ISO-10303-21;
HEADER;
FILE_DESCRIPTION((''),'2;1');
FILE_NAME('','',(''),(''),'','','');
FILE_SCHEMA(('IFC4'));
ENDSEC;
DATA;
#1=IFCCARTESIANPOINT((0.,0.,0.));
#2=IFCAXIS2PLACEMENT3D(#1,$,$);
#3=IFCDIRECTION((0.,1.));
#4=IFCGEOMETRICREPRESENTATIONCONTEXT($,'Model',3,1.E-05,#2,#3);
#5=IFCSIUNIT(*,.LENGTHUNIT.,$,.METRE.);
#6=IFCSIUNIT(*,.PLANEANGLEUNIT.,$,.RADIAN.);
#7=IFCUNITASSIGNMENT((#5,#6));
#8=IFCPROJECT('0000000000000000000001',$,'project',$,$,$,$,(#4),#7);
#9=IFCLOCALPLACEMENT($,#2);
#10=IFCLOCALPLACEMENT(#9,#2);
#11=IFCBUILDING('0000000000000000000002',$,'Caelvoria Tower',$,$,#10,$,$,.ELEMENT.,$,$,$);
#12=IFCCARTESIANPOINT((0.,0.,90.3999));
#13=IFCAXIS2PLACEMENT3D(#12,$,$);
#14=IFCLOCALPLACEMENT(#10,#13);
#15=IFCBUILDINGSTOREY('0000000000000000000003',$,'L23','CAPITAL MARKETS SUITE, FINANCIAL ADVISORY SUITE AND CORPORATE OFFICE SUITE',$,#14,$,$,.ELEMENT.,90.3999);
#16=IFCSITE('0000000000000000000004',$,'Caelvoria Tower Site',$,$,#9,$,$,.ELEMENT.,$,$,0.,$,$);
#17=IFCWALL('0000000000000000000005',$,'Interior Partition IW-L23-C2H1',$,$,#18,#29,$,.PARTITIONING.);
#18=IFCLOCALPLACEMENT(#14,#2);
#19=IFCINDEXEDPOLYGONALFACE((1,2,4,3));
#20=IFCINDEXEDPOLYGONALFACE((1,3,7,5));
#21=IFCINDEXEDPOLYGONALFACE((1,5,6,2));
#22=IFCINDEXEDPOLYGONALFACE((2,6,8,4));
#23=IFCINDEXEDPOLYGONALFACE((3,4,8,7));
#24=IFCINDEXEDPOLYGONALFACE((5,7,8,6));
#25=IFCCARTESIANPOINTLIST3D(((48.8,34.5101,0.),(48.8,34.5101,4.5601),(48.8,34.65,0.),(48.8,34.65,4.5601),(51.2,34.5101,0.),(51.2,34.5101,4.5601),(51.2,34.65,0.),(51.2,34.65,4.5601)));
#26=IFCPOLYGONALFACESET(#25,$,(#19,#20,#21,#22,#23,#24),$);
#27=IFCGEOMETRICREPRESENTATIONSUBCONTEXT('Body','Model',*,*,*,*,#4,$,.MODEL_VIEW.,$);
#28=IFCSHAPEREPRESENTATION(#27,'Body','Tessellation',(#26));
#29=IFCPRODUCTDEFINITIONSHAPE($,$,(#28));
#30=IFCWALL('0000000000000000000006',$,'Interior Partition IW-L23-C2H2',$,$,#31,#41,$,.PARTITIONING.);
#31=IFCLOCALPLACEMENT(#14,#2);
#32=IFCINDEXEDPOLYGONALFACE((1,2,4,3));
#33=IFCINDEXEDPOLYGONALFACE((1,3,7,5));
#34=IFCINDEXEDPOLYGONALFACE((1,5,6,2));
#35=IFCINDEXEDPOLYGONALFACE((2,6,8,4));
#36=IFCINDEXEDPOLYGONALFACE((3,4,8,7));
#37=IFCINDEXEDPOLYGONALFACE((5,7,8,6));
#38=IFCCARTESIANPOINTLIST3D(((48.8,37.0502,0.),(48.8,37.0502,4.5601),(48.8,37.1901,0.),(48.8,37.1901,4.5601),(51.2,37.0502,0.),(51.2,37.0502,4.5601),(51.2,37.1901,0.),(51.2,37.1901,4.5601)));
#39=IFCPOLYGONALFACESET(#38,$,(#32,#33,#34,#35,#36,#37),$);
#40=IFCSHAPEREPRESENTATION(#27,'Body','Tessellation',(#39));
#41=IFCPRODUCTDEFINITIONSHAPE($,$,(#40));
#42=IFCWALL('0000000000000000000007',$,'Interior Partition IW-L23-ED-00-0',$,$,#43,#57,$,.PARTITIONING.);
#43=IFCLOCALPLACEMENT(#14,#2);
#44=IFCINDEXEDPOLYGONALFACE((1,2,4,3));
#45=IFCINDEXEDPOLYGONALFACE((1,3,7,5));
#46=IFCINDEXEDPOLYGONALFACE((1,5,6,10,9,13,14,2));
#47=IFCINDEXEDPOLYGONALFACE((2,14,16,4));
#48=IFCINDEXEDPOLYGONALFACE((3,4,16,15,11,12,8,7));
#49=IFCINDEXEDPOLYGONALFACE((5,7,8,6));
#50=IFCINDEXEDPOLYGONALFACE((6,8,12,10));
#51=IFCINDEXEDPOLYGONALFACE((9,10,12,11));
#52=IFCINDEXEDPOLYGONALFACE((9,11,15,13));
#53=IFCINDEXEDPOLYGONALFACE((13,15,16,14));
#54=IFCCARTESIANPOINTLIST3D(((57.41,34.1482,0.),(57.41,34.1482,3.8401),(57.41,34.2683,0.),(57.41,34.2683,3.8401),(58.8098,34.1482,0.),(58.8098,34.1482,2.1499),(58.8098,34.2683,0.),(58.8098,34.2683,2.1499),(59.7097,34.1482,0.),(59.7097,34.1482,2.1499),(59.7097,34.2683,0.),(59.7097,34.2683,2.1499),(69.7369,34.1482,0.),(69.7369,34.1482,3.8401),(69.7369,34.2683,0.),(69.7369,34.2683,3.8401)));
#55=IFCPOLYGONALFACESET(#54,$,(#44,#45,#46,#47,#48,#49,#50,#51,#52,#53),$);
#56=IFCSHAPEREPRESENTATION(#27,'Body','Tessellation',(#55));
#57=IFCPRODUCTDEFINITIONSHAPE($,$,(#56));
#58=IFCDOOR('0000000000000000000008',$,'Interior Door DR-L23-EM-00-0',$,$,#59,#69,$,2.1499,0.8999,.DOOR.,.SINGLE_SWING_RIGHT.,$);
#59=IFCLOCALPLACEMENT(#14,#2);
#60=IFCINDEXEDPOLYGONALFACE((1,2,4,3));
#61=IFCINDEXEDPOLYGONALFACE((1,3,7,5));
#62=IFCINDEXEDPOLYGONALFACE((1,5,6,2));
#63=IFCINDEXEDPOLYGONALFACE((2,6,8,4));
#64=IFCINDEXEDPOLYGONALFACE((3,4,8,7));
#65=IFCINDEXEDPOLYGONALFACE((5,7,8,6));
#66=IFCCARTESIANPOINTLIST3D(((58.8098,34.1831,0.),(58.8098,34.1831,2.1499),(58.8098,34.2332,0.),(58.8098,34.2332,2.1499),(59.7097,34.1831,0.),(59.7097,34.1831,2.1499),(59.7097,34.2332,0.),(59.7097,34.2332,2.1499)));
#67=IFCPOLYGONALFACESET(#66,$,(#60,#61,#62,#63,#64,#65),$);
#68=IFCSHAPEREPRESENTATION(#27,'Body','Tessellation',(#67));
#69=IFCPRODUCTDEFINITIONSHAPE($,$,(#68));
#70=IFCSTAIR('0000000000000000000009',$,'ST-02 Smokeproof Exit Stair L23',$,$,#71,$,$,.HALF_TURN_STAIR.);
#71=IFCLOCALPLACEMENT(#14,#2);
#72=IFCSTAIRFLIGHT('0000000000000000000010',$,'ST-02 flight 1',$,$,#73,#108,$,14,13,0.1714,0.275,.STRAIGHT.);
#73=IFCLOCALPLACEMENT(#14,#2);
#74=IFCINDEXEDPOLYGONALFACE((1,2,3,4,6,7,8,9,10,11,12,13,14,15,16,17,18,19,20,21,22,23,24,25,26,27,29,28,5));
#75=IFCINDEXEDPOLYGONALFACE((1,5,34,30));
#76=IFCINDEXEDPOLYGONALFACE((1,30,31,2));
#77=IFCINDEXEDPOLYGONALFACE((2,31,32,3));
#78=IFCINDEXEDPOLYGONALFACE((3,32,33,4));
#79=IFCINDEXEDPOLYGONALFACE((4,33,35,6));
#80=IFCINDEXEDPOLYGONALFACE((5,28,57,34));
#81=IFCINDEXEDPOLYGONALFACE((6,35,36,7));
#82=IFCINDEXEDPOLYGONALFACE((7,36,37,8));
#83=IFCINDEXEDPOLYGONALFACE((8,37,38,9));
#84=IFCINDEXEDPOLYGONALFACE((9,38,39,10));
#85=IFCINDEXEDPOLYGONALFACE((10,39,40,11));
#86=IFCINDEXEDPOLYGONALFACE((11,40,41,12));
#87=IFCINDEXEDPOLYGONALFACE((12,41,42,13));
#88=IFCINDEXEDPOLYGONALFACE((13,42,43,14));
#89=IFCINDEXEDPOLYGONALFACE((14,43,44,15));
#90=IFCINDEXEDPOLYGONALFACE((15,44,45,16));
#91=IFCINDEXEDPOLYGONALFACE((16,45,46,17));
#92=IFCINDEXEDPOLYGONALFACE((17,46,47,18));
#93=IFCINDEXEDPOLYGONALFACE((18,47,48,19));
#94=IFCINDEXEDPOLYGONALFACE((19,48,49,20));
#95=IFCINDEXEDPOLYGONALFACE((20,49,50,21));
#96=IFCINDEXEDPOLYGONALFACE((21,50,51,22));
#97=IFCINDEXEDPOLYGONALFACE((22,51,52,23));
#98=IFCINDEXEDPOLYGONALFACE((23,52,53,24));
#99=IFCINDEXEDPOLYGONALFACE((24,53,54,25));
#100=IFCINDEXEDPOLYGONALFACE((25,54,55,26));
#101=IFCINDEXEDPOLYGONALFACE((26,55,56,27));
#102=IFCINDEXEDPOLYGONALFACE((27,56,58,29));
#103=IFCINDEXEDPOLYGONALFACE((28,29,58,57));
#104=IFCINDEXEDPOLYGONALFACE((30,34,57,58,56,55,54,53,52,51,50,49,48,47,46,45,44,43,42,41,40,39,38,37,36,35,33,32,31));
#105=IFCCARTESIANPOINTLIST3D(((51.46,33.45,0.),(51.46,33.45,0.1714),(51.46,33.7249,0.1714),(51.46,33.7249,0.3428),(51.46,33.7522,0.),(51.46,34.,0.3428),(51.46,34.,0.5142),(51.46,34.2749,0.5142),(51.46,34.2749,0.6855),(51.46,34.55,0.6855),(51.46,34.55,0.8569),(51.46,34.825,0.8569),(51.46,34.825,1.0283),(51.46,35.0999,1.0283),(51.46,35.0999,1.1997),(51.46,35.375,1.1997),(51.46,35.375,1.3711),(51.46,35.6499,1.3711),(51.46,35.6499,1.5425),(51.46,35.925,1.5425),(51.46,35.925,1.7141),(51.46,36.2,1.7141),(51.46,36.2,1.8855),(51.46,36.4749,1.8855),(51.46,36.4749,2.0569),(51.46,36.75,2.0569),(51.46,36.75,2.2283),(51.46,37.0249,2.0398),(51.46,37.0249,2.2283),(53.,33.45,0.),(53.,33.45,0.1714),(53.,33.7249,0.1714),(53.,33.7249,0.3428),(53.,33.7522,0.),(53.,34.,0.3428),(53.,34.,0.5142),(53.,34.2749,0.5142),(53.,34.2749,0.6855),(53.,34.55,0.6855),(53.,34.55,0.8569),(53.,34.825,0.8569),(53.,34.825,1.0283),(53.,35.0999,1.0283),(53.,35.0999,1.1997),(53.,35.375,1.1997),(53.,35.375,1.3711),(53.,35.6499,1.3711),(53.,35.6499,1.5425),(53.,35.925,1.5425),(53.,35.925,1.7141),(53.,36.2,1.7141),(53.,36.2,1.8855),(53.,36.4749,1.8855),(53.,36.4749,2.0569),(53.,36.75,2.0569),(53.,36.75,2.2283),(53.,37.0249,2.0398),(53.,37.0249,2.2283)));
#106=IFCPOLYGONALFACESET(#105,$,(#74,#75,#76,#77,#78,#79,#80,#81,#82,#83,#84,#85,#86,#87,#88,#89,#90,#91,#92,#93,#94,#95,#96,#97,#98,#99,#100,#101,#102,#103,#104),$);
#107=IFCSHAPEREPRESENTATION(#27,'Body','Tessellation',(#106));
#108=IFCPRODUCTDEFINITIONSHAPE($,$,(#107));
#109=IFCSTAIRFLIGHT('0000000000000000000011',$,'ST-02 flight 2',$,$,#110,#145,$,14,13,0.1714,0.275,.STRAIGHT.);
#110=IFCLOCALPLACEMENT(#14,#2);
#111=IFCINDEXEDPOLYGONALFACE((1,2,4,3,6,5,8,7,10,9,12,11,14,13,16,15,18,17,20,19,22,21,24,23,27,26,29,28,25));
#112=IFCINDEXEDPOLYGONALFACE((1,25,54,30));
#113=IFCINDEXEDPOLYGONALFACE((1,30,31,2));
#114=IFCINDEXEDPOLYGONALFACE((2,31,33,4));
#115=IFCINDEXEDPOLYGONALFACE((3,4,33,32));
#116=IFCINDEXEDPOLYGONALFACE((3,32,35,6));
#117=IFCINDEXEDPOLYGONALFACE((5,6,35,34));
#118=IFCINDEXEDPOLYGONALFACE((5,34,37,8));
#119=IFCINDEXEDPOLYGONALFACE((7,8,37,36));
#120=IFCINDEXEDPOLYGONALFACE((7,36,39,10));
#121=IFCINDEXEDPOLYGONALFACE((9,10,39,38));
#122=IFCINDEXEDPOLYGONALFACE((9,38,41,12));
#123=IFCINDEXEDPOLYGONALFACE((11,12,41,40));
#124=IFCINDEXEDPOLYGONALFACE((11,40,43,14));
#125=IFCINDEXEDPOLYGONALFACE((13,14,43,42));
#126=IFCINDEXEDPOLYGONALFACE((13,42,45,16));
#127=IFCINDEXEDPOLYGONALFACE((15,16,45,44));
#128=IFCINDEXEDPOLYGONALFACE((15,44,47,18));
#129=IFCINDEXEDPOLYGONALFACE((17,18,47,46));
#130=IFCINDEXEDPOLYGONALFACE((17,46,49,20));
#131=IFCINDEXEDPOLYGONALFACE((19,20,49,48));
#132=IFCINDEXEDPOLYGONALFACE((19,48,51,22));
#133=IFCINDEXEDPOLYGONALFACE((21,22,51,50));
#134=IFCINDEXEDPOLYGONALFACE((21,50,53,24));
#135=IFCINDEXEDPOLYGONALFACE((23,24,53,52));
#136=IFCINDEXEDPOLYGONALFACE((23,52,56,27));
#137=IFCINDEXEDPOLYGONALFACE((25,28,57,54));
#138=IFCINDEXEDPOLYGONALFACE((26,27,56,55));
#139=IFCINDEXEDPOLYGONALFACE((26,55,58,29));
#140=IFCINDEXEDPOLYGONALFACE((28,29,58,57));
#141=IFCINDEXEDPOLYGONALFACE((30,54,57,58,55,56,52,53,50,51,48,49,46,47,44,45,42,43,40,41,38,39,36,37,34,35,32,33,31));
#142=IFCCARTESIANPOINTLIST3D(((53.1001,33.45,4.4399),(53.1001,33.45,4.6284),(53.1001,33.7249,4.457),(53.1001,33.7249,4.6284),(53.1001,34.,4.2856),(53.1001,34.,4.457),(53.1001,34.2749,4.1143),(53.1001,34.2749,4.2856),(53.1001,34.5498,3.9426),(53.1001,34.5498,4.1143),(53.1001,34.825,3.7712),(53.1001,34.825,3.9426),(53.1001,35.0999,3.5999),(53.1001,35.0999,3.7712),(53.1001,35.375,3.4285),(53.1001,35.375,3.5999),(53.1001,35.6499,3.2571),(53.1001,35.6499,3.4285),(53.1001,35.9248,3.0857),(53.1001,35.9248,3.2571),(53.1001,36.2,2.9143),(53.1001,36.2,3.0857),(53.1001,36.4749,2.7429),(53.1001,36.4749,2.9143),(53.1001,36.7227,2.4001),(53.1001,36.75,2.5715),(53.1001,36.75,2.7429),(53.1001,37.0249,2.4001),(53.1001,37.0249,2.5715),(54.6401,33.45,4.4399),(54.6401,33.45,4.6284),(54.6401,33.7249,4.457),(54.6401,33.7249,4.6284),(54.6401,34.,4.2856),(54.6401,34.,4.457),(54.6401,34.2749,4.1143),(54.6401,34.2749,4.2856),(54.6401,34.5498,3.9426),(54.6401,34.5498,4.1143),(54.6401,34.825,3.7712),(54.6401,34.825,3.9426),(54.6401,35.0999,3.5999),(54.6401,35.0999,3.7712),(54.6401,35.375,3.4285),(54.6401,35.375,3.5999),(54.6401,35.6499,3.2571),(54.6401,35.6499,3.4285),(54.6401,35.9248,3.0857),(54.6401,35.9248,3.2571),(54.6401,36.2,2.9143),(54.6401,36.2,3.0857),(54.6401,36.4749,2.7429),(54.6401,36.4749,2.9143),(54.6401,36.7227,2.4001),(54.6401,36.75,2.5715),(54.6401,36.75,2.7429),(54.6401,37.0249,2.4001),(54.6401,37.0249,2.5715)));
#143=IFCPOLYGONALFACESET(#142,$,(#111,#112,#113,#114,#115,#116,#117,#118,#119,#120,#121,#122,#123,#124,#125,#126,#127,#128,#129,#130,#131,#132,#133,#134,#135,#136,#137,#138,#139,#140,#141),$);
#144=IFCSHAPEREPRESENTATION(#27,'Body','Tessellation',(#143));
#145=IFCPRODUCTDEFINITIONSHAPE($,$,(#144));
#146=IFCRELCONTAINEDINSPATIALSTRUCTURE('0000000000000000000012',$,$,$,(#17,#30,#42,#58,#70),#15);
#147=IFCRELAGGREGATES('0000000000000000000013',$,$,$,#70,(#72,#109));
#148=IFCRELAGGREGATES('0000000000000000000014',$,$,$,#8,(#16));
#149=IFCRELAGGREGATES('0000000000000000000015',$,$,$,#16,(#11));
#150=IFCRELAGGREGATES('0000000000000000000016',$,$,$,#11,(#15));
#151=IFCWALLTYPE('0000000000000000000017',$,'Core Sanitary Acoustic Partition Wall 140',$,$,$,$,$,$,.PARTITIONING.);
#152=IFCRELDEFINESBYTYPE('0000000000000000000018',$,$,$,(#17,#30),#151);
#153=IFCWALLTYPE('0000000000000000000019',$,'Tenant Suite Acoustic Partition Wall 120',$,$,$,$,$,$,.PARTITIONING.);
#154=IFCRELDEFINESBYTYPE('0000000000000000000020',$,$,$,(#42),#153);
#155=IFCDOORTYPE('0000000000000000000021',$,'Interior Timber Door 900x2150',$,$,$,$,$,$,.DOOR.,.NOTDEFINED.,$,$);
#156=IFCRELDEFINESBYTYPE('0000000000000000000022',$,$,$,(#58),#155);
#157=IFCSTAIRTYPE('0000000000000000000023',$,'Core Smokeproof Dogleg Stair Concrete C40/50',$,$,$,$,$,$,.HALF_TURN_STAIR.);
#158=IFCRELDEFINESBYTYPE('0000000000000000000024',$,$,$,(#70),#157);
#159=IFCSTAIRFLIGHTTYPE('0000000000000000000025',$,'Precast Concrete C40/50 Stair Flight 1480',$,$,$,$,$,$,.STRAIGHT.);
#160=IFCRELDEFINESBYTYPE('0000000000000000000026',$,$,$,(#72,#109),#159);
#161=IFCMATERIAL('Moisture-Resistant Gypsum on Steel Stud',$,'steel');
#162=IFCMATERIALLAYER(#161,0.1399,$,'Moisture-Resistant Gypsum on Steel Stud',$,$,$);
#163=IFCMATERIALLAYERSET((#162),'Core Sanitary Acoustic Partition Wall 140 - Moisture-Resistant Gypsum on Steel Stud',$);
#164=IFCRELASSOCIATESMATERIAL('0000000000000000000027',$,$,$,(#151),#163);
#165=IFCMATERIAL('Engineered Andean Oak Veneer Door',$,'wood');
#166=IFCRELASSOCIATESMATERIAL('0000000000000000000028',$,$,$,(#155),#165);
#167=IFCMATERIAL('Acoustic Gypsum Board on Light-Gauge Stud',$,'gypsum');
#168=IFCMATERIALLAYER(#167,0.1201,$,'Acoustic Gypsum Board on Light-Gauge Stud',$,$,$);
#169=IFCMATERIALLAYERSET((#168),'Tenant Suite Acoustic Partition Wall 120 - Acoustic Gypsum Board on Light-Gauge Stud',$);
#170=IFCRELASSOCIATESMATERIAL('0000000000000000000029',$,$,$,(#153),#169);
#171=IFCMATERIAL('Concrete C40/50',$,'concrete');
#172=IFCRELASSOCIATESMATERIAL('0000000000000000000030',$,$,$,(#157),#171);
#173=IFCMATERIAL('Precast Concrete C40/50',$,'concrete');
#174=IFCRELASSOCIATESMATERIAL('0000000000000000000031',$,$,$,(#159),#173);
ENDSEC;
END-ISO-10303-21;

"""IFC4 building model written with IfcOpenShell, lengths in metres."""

from ifc_helpers import new_model, si_unit, direction, frame, frame_2d, origin, place, context, subcontext, project, spatial, polyline, rectangle, outline, extrude, material, layer, layer_set, type_object, element, fill, aggregate, save


model = new_model("IFC4")

# Units and contexts
model_context = context("Model", 3, precision=1e-05, world=origin(), true_north=direction((0.0, 1.0)))
body_context = subcontext(model_context, "Body", "Model", "MODEL_VIEW")
ifc_project = project(units=[si_unit("LENGTHUNIT", "METRE"), si_unit("PLANEANGLEUNIT", "RADIAN")], contexts=[model_context])

# Site, building, storey
site_placement = place(None, origin())
site = spatial("IfcSite", under=ifc_project, at=site_placement, Name="Caelvoria Tower Site", CompositionType="ELEMENT", RefElevation=0.0)
building_placement = place(site_placement, origin())
building = spatial("IfcBuilding", under=site, at=building_placement, Name="Caelvoria Tower", CompositionType="ELEMENT")
storey_placement = place(building_placement, frame((0.0, 0.0, 90.3999)))
storey = spatial("IfcBuildingStorey", under=building, at=storey_placement, Name="L23", Description="CAPITAL MARKETS SUITE, FINANCIAL ADVISORY SUITE AND CORPORATE OFFICE SUITE", CompositionType="ELEMENT", Elevation=90.3999)

# Shared definitions
ifc_material_1 = material(Name="Moisture-Resistant Gypsum on Steel Stud", Category="steel")
ifc_layer_1 = layer(ifc_material_1, 0.1399, Name="Moisture-Resistant Gypsum on Steel Stud")
ifc_layer_set_1 = layer_set([ifc_layer_1], Name="Core Sanitary Acoustic Partition Wall 140 - Moisture-Resistant Gypsum on Steel Stud")
wall_type_1 = type_object("IfcWallType", Name="Core Sanitary Acoustic Partition Wall 140", PredefinedType="PARTITIONING", material=ifc_layer_set_1)
ifc_material_2 = material(Name="Engineered Andean Oak Veneer Door", Category="wood")

# Shared definitions
door_type_1 = type_object("IfcDoorType", Name="Interior Timber Door 900x2150", OperationType="NOTDEFINED", PredefinedType="DOOR", material=ifc_material_2)

# Walls
for number, where, z_axis, x_axis, name in (
    (1, (48.8, 34.5801, 0.0), (0.0, 0.0, 1.0), (1.0, 0.0, 0.0), "Interior Partition IW-L23-C2H1"),
    (2, (48.8, 37.1201, 0.0), (0.0, 0.0, 1.0), (1.0, 0.0, 0.0), "Interior Partition IW-L23-C2H2"),
):
    element("IfcWall", number, at=place(storey_placement, frame(where, z_axis=z_axis, x_axis=x_axis)), inside=storey, type_object=wall_type_1, Name=name, PredefinedType="PARTITIONING", context=body_context, shape_type="SweptSolid", body=[
        extrude(rectangle(XDim=2.3999, YDim=0.1399, at=frame_2d((1.2, 0.0))), origin(), (0.0, 0.0, 1.0), 4.5601),
    ])

# Wall, opening, door
ifc_material_3 = material(Name="Acoustic Gypsum Board on Light-Gauge Stud", Category="gypsum")
ifc_layer_2 = layer(ifc_material_3, 0.1201, Name="Acoustic Gypsum Board on Light-Gauge Stud")
ifc_layer_set_2 = layer_set([ifc_layer_2], Name="Tenant Suite Acoustic Partition Wall 120 - Acoustic Gypsum Board on Light-Gauge Stud")
wall_type_2 = type_object("IfcWallType", Name="Tenant Suite Acoustic Partition Wall 120", PredefinedType="PARTITIONING", material=ifc_layer_set_2)
wall_1_placement = place(storey_placement, frame((57.4099, 34.2083, 0.0), z_axis=(0.0, 0.0, 1.0), x_axis=(1.0, 0.0, 0.0)))
wall_1 = element("IfcWall", 3, at=wall_1_placement, inside=storey, type_object=wall_type_2, Name="Interior Partition IW-L23-ED-00-0", PredefinedType="PARTITIONING", context=body_context, shape_type="SweptSolid", body=[
    extrude(rectangle(XDim=12.3269, YDim=0.1201, at=frame_2d((6.1636, 0.0))), origin(), (0.0, 0.0, 1.0), 3.8401),
])
opening_1_placement = place(wall_1_placement, frame((1.3999, 0.0, 0.0)))
opening_1 = element("IfcOpeningElement", 4, at=opening_1_placement, cuts=wall_1, PredefinedType="OPENING", context=body_context, shape_type="SweptSolid", body=[
    extrude(rectangle(XDim=0.8999, YDim=2.1499, at=frame_2d((0.45, 1.075))), frame((0.0, 0.0701, 0.0), z_axis=(0.0, -1.0, 0.0), x_axis=(1.0, 0.0, 0.0)), (0.0, 0.0, 1.0), 0.1401),
])
door_1_placement = place(opening_1_placement, origin())
door_1 = element("IfcDoor", 5, at=door_1_placement, inside=storey, type_object=door_type_1, Name="Interior Door DR-L23-EM-00-0", OperationType="SINGLE_SWING_RIGHT", OverallHeight=2.1499, OverallWidth=0.8999, PredefinedType="DOOR", context=body_context, shape_type="SweptSolid", body=[
    extrude(rectangle(XDim=0.8999, YDim=2.1499, at=frame_2d((0.45, 1.075))), frame((0.0, 0.0249, 0.0), z_axis=(0.0, -1.0, 0.0), x_axis=(1.0, 0.0, 0.0)), (0.0, 0.0, 1.0), 0.05),
])
fill(opening_1, door_1)

# Stair, stair flights
ifc_material_4 = material(Name="Concrete C40/50", Category="concrete")
stair_type = type_object("IfcStairType", Name="Core Smokeproof Dogleg Stair Concrete C40/50", PredefinedType="HALF_TURN_STAIR", material=ifc_material_4)
stair_placement = place(storey_placement, origin())
stair = element("IfcStair", 6, at=stair_placement, inside=storey, type_object=stair_type, Name="ST-02 Smokeproof Exit Stair L23", PredefinedType="HALF_TURN_STAIR")
ifc_material_5 = material(Name="Precast Concrete C40/50", Category="concrete")
stair_flight_type = type_object("IfcStairFlightType", Name="Precast Concrete C40/50 Stair Flight 1480", PredefinedType="STRAIGHT", material=ifc_material_5)
stair_flight_1_placement = place(storey_placement, frame((52.23, 33.45, 0.0), z_axis=(0.0, 0.0, 1.0), x_axis=(0.0, 1.0, 0.0)))
stair_flight_1 = element("IfcStairFlight", 7, at=stair_flight_1_placement, type_object=stair_flight_type, Name="ST-02 flight 1", NumberOfRisers=14, NumberOfTreads=13, PredefinedType="STRAIGHT", RiserHeight=0.1714, TreadLength=0.275, context=body_context, shape_type="SweptSolid", body=[
    extrude(outline(polyline([(0.0, 0.0), (0.0, 0.1714), (0.2749, 0.1714), (0.2749, 0.3428), (0.55, 0.3428), (0.55, 0.5142), (0.825, 0.5142), (0.825, 0.6855), (1.1001, 0.6855), (1.1001, 0.8569), (1.375, 0.8569), (1.375, 1.0283), (1.6499, 1.0283), (1.6499, 1.1997), (1.925, 1.1997), (1.925, 1.3711), (2.2, 1.3711), (2.2, 1.5425), (2.4751, 1.5425), (2.4751, 1.7141), (2.75, 1.7141), (2.75, 1.8855), (3.0249, 1.8855), (3.0249, 2.0569), (3.3, 2.0569), (3.3, 2.2283), (3.575, 2.2283), (3.575, 2.3997), (3.575, 2.0398), (0.3022, 0.0), (0.0, 0.0)])), frame((0.0, 0.77, 0.0), z_axis=(0.0, -1.0, 0.0), x_axis=(1.0, 0.0, 0.0)), (0.0, 0.0, 1.0), 1.54),
])
stair_flight_2_placement = place(storey_placement, frame((53.8701, 37.0249, 2.4001), z_axis=(0.0, 0.0, 1.0), x_axis=(0.0, -1.0, 0.0)))
stair_flight_2 = element("IfcStairFlight", 8, at=stair_flight_2_placement, type_object=stair_flight_type, Name="ST-02 flight 2", NumberOfRisers=14, NumberOfTreads=13, PredefinedType="STRAIGHT", RiserHeight=0.1714, TreadLength=0.275, context=body_context, shape_type="SweptSolid", body=[
    extrude(outline(polyline([(0.0, 0.0), (0.0, 0.1714), (0.2749, 0.1714), (0.2749, 0.3428), (0.55, 0.3428), (0.55, 0.5142), (0.825, 0.5142), (0.825, 0.6855), (1.1001, 0.6855), (1.1001, 0.8569), (1.375, 0.8569), (1.375, 1.0283), (1.6499, 1.0283), (1.6499, 1.1997), (1.925, 1.1997), (1.925, 1.3711), (2.2, 1.3711), (2.2, 1.5425), (2.4751, 1.5425), (2.4751, 1.7141), (2.75, 1.7141), (2.75, 1.8855), (3.0249, 1.8855), (3.0249, 2.0569), (3.3, 2.0569), (3.3, 2.2283), (3.575, 2.2283), (3.575, 2.3997), (3.575, 2.0398), (0.3022, 0.0), (0.0, 0.0)])), frame((0.0, 0.77, 0.0), z_axis=(0.0, -1.0, 0.0), x_axis=(1.0, 0.0, 0.0)), (0.0, 0.0, 1.0), 1.54),
])
aggregate(stair, [stair_flight_1, stair_flight_2])

save(model, "model.ifc")
